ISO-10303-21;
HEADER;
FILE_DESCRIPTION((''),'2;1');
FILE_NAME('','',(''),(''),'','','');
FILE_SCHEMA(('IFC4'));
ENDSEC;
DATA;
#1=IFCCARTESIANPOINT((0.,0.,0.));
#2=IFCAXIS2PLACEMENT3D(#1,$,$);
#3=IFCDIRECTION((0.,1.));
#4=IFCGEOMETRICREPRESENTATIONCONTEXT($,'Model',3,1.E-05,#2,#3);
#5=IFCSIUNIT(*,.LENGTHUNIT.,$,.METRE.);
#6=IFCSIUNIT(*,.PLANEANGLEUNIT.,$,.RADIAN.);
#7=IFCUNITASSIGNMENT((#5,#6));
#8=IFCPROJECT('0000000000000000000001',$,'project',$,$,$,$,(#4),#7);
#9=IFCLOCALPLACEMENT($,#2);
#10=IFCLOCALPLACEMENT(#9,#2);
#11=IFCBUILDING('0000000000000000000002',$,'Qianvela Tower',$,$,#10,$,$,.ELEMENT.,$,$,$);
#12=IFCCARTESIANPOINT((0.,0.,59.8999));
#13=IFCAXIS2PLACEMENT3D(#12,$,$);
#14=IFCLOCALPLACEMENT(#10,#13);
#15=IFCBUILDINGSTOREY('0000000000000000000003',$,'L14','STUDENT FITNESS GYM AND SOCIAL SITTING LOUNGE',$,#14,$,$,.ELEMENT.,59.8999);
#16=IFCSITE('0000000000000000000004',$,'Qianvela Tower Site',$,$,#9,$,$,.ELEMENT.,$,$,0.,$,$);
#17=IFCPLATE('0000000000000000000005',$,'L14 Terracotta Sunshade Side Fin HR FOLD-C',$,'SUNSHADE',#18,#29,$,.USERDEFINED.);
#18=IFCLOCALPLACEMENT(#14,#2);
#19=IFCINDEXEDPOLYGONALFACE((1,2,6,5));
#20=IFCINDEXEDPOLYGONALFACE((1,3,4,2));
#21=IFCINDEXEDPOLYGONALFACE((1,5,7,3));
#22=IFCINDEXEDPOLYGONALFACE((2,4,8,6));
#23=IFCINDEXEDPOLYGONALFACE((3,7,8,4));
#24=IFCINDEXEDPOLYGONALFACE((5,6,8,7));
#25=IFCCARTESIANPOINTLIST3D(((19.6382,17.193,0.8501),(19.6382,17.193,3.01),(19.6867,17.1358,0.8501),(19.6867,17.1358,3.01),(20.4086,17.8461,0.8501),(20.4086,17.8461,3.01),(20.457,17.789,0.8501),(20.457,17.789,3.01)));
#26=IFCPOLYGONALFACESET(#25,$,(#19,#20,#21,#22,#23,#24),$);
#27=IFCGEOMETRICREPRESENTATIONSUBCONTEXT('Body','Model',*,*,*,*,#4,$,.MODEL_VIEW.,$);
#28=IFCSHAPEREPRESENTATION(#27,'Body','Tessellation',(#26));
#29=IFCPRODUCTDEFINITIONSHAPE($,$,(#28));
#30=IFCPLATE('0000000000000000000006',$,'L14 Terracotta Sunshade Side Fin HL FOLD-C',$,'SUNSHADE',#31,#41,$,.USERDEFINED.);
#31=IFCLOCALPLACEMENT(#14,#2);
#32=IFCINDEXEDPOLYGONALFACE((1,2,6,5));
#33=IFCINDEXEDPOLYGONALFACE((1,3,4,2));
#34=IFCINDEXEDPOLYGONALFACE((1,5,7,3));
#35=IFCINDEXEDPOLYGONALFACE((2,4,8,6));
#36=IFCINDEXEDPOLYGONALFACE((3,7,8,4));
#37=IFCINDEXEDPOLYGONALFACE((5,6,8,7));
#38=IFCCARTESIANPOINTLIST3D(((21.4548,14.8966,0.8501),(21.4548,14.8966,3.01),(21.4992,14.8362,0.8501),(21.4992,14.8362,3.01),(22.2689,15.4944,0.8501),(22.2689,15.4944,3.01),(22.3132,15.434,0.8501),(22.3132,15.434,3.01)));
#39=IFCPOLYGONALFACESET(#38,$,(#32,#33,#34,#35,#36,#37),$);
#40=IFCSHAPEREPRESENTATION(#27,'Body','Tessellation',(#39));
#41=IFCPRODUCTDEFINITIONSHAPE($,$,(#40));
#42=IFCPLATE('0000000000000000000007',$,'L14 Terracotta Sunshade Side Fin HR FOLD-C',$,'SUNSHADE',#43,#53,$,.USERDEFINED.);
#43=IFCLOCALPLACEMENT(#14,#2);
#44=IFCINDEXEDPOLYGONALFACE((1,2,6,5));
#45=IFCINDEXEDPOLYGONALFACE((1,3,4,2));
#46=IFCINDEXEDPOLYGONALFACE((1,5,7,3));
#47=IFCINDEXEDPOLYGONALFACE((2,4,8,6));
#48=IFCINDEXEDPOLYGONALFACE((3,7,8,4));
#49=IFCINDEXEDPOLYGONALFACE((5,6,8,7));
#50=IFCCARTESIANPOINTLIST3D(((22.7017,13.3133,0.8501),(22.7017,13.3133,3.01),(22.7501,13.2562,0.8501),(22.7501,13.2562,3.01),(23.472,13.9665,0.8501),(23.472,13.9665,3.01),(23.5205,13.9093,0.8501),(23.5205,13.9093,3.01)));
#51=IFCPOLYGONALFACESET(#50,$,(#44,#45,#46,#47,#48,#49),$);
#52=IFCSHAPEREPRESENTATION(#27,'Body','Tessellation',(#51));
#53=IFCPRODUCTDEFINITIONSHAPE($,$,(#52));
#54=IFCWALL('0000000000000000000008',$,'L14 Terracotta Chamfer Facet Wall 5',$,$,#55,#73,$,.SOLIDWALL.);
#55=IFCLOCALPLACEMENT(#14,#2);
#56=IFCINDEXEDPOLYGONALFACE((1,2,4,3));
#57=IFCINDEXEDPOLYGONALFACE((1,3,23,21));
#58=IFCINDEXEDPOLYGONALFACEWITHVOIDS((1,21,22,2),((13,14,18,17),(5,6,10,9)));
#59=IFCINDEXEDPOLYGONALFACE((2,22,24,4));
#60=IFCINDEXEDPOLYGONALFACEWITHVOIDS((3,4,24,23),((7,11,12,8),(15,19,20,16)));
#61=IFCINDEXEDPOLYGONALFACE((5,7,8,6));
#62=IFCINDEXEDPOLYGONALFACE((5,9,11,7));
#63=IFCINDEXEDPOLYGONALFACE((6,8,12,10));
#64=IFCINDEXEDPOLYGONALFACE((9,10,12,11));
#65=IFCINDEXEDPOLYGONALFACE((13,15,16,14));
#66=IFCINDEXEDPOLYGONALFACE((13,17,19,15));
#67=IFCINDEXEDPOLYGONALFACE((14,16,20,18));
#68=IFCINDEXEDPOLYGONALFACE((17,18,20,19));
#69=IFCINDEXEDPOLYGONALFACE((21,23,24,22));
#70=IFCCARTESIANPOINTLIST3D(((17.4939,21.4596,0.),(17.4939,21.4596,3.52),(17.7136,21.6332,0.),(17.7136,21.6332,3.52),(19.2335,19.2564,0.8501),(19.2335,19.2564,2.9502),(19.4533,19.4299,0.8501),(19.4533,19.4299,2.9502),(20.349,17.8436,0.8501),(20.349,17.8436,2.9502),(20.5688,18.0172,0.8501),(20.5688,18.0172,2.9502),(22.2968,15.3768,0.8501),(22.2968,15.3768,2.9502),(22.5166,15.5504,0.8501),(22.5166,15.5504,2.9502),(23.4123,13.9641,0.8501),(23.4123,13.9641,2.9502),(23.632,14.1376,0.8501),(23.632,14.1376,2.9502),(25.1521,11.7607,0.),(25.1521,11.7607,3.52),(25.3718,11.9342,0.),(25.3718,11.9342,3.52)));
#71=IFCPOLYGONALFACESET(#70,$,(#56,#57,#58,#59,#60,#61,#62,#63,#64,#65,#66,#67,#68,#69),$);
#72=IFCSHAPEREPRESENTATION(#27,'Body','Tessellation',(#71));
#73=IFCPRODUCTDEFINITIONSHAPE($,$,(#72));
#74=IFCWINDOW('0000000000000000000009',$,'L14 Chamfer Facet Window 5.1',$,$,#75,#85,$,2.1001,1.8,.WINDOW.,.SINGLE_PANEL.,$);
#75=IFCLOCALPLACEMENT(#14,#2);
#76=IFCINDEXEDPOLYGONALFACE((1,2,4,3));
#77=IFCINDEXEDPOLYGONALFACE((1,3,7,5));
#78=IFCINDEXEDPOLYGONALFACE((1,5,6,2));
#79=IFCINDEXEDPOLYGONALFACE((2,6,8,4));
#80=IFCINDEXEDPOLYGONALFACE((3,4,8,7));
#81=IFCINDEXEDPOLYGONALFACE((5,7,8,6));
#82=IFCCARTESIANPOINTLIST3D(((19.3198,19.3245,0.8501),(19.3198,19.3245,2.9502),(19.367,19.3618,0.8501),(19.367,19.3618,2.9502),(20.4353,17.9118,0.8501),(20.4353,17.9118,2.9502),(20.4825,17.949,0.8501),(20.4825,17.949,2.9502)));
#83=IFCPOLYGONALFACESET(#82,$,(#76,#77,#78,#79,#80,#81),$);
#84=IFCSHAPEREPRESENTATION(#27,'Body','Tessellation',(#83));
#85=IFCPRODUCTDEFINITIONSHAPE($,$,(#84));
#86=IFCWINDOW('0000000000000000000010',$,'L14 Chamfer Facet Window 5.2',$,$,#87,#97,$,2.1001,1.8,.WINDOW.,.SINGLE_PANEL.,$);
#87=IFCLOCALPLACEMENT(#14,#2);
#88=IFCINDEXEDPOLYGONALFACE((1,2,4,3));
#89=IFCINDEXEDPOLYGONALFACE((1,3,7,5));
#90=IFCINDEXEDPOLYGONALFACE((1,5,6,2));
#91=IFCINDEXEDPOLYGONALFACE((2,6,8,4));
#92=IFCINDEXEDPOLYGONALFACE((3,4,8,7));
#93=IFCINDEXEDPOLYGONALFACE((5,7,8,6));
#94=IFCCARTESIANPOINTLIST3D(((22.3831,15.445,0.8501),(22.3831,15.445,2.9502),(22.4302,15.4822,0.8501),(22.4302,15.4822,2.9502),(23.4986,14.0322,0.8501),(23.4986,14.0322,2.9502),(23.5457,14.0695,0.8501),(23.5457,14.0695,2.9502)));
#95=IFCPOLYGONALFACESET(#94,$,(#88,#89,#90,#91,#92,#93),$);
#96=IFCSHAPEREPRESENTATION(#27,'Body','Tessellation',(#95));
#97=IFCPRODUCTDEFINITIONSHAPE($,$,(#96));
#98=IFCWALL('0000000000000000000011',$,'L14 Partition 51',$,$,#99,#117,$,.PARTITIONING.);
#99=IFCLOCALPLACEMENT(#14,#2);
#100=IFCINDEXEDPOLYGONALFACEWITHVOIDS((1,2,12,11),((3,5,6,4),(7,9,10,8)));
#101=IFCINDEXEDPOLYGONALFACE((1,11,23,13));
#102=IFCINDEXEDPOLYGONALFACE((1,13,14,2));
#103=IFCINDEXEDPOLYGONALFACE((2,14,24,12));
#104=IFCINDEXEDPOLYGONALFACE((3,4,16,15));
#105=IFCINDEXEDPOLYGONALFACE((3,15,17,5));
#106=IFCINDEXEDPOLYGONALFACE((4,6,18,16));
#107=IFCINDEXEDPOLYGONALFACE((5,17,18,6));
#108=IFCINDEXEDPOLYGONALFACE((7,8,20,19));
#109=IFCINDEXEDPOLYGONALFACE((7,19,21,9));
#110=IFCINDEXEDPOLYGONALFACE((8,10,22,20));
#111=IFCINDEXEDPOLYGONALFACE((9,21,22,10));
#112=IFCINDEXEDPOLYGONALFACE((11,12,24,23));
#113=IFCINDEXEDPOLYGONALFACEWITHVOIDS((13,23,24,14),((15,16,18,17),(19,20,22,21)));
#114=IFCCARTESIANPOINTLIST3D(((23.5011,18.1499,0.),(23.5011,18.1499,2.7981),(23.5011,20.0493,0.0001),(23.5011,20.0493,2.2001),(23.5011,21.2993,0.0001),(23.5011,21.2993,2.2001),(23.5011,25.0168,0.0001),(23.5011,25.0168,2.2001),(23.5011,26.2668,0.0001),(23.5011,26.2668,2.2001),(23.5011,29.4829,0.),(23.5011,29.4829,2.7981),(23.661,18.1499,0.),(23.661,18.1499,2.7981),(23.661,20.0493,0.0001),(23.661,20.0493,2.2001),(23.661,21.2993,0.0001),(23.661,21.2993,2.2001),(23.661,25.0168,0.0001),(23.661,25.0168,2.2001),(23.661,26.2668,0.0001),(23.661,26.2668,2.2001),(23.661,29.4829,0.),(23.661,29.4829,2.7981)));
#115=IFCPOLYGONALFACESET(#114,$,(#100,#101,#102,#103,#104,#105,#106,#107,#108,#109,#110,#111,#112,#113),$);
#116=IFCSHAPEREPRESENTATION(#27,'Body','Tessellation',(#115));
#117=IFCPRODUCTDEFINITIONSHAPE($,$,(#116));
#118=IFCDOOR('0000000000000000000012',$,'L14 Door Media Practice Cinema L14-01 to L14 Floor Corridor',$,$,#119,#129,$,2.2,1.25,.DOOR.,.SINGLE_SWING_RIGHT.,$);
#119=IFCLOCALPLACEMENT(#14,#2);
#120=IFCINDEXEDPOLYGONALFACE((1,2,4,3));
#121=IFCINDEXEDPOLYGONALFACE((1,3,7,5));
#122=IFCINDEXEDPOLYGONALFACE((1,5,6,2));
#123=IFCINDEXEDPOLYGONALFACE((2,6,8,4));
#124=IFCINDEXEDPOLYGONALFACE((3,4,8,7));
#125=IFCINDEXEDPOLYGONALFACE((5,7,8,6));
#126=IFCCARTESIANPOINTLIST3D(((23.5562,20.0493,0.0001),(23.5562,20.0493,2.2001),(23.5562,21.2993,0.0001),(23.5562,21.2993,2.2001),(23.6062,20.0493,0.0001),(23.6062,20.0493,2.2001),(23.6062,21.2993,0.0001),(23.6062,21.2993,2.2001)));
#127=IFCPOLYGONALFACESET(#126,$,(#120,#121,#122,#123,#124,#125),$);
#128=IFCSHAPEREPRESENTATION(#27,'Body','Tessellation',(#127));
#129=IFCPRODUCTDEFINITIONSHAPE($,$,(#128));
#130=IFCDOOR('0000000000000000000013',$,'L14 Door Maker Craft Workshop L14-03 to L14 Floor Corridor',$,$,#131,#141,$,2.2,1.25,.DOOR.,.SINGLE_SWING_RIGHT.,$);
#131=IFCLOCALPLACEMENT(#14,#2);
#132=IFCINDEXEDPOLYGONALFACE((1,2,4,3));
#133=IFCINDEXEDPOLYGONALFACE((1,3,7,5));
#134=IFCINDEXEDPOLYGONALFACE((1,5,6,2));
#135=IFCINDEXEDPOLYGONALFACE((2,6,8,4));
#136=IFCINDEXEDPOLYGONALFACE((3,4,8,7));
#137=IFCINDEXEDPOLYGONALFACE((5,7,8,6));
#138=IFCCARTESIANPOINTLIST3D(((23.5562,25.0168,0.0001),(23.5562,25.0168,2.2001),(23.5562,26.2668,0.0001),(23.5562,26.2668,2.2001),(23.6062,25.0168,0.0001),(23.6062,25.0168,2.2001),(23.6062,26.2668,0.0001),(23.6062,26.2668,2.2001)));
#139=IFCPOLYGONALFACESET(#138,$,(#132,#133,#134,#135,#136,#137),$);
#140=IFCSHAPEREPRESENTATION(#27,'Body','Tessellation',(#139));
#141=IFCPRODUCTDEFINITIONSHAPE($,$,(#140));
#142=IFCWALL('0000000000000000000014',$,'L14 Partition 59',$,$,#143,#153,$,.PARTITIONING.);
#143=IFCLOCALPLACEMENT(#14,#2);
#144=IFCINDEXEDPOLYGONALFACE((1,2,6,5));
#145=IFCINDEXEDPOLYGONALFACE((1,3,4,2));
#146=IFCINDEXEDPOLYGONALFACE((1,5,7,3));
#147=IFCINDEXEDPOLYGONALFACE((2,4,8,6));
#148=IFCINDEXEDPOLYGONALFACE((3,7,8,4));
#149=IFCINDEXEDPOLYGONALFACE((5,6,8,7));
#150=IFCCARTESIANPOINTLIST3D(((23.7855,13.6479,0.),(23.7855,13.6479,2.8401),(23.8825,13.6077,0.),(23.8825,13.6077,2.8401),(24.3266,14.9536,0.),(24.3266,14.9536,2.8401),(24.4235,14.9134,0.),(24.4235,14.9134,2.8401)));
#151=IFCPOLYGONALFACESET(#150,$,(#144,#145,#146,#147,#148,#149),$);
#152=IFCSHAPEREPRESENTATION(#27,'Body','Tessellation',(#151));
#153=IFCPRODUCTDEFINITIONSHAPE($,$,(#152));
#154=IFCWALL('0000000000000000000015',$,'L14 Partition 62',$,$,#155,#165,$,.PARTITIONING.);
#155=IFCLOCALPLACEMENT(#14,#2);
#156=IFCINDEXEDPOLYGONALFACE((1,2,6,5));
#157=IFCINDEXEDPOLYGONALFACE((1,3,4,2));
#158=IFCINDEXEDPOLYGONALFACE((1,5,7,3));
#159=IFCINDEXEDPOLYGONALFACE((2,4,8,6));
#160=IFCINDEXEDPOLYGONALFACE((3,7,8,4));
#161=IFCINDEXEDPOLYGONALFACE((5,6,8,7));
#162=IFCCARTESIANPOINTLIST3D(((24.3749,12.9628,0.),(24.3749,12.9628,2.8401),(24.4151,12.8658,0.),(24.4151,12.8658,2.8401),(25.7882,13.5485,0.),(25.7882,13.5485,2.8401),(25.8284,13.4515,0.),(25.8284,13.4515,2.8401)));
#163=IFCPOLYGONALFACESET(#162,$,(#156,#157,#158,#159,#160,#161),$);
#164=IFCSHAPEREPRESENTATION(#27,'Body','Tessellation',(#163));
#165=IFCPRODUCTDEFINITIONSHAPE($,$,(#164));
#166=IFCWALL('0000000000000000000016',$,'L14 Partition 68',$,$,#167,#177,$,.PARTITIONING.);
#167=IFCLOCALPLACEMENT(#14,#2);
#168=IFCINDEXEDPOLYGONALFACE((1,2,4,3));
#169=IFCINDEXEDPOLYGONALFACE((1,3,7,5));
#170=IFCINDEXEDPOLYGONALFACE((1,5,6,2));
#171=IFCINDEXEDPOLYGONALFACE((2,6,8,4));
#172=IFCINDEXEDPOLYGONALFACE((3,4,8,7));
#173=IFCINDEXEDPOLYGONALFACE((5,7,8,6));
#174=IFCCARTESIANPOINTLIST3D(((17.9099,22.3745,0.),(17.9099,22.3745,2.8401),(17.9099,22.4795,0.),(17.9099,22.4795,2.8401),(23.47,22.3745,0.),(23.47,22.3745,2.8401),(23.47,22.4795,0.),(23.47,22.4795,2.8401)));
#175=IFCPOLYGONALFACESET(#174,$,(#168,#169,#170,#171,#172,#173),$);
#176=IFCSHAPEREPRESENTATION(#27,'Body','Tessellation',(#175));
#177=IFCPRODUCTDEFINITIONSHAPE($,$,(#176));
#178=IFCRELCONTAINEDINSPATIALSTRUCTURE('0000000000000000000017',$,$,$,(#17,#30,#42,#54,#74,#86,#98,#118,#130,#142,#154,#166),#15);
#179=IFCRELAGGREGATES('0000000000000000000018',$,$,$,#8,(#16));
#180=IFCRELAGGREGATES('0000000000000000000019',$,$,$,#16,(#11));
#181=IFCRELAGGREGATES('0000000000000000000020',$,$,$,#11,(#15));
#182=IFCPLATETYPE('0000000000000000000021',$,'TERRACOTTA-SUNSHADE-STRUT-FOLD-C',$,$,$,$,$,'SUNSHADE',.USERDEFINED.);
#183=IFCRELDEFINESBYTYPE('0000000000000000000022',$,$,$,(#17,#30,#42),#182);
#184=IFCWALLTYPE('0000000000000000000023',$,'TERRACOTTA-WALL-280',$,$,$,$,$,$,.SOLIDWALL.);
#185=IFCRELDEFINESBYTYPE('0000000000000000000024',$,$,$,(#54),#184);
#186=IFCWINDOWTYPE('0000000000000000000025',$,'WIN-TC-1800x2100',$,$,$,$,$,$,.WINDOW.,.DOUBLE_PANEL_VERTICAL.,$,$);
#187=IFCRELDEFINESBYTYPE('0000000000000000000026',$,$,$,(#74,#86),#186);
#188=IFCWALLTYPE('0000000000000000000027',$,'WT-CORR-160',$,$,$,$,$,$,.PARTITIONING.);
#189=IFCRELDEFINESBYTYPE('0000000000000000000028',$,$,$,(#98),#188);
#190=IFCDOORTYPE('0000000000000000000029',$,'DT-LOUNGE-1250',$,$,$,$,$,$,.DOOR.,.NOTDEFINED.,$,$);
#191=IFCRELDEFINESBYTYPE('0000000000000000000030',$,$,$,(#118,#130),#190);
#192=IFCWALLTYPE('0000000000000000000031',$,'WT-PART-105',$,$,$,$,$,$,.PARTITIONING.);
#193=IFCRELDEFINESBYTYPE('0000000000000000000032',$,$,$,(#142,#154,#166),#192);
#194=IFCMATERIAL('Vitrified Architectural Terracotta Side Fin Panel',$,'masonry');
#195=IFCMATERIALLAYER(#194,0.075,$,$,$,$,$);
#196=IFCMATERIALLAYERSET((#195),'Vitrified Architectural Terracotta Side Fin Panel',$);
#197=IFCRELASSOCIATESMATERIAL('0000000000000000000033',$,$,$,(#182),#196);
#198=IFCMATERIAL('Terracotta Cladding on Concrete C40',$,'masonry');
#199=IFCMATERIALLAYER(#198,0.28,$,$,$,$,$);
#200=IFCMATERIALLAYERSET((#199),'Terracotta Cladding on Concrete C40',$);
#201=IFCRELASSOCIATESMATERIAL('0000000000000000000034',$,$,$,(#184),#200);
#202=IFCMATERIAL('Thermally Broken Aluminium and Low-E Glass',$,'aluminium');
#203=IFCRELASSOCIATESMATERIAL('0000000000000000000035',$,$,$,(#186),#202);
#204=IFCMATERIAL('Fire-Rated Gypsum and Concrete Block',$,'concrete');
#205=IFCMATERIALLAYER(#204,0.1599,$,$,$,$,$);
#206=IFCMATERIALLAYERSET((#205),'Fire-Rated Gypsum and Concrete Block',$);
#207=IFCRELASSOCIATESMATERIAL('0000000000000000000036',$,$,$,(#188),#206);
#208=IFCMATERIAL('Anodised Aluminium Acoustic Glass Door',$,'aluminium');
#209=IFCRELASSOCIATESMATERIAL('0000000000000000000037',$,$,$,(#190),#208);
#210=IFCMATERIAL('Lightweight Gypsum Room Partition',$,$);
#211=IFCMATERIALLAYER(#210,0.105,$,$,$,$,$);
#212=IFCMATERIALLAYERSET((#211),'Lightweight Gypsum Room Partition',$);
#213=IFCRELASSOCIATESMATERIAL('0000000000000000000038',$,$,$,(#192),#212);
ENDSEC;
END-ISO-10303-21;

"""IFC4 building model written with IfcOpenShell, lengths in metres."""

from ifc_helpers import new_model, si_unit, direction, frame, frame_2d, origin, origin_2d, place, context, subcontext, project, spatial, rectangle, extrude, material, layer, layer_set, type_object, element, fill, save


model = new_model("IFC4")

# Units and contexts
model_context = context("Model", 3, precision=1e-05, world=origin(), true_north=direction((0.0, 1.0)))
body_context = subcontext(model_context, "Body", "Model", "MODEL_VIEW")
ifc_project = project(units=[si_unit("LENGTHUNIT", "METRE"), si_unit("PLANEANGLEUNIT", "RADIAN")], contexts=[model_context])

# Site, building, storey
site_placement = place(None, origin())
site = spatial("IfcSite", under=ifc_project, at=site_placement, Name="Qianvela Tower Site", CompositionType="ELEMENT", RefElevation=0.0)
building_placement = place(site_placement, origin())
building = spatial("IfcBuilding", under=site, at=building_placement, Name="Qianvela Tower", CompositionType="ELEMENT")
storey_placement = place(building_placement, frame((0.0, 0.0, 59.8999)))
storey = spatial("IfcBuildingStorey", under=building, at=storey_placement, Name="L14", Description="STUDENT FITNESS GYM AND SOCIAL SITTING LOUNGE", CompositionType="ELEMENT", Elevation=59.8999)

# Plates
ifc_material_1 = material(Name="Vitrified Architectural Terracotta Side Fin Panel", Category="masonry")
ifc_layer_1 = layer(ifc_material_1, 0.075)
ifc_layer_set_1 = layer_set([ifc_layer_1], Name="Vitrified Architectural Terracotta Side Fin Panel")
plate_type_1 = type_object("IfcPlateType", Name="TERRACOTTA-SUNSHADE-STRUT-FOLD-C", ElementType="SUNSHADE", PredefinedType="USERDEFINED", material=ifc_layer_set_1)
for number, where, z_axis, x_axis, name in (
    (1, (20.0476, 17.491, 0.8501), (0.0, 0.0, 1.0), (0.646711, -0.762735, 0.0), "L14 Terracotta Sunshade Side Fin HR FOLD-C"),
    (2, (21.884, 15.1653, 0.8501), (0.0, 0.0, 1.0), (0.59193, -0.805989, 0.0), "L14 Terracotta Sunshade Side Fin HL FOLD-C"),
    (3, (23.1111, 13.6113, 0.8501), (0.0, 0.0, 1.0), (0.646711, -0.762735, 0.0), "L14 Terracotta Sunshade Side Fin HR FOLD-C"),
):
    element("IfcPlate", number, at=place(storey_placement, frame(where, z_axis=z_axis, x_axis=x_axis)), inside=storey, type_object=plate_type_1, Name=name, ObjectType="SUNSHADE", PredefinedType="USERDEFINED", context=body_context, shape_type="SweptSolid", body=[
        extrude(rectangle(XDim=0.075, YDim=1.01, at=origin_2d()), origin(), (0.0, 0.0, 1.0), 2.1599),
    ])

# Wall, openings, windows
ifc_material_2 = material(Name="Terracotta Cladding on Concrete C40", Category="masonry")
ifc_layer_2 = layer(ifc_material_2, 0.28)
ifc_layer_set_2 = layer_set([ifc_layer_2], Name="Terracotta Cladding on Concrete C40")
wall_type_1 = type_object("IfcWallType", Name="TERRACOTTA-WALL-280", PredefinedType="SOLIDWALL", material=ifc_layer_set_2)
wall_1_placement = place(storey_placement, frame((17.6038, 21.5464, 0.0), z_axis=(0.0, 0.0, 1.0), x_axis=(0.6197, -0.784839, 0.0)))
wall_1 = element("IfcWall", 4, at=wall_1_placement, inside=storey, type_object=wall_type_1, Name="L14 Terracotta Chamfer Facet Wall 5", PredefinedType="SOLIDWALL", context=body_context, shape_type="SweptSolid", body=[
    extrude(rectangle(XDim=12.3579, YDim=0.28, at=frame_2d((6.179, 0.0))), origin(), (0.0, 0.0, 1.0), 3.52),
])
opening_1_placement = place(wall_1_placement, frame((2.8074, 0.0, 0.8501)))
opening_1 = element("IfcOpeningElement", 5, at=opening_1_placement, cuts=wall_1, PredefinedType="OPENING", context=body_context, shape_type="SweptSolid", body=[
    extrude(rectangle(XDim=1.8, YDim=2.1001, at=frame_2d((0.8999, 1.05))), frame((0.0, 0.1499, 0.0), z_axis=(0.0, -1.0, 0.0), x_axis=(1.0, 0.0, 0.0)), (0.0, 0.0, 1.0), 0.3),
])
opening_2_placement = place(wall_1_placement, frame((7.7505, 0.0, 0.8501)))
opening_2 = element("IfcOpeningElement", 6, at=opening_2_placement, cuts=wall_1, PredefinedType="OPENING", context=body_context, shape_type="SweptSolid", body=[
    extrude(rectangle(XDim=1.8, YDim=2.1001, at=frame_2d((0.8999, 1.05))), frame((0.0, 0.1499, 0.0), z_axis=(0.0, -1.0, 0.0), x_axis=(1.0, 0.0, 0.0)), (0.0, 0.0, 1.0), 0.3),
])
ifc_material_3 = material(Name="Thermally Broken Aluminium and Low-E Glass", Category="aluminium")
window_type = type_object("IfcWindowType", Name="WIN-TC-1800x2100", PartitioningType="DOUBLE_PANEL_VERTICAL", PredefinedType="WINDOW", material=ifc_material_3)
window_1_placement = place(opening_1_placement, origin())
window_1 = element("IfcWindow", 7, at=window_1_placement, inside=storey, type_object=window_type, Name="L14 Chamfer Facet Window 5.1", OverallHeight=2.1001, OverallWidth=1.8, PartitioningType="SINGLE_PANEL", PredefinedType="WINDOW", context=body_context, shape_type="SweptSolid", body=[
    extrude(rectangle(XDim=1.8, YDim=2.1001, at=frame_2d((0.8999, 1.05))), frame((0.0, 0.03, 0.0), z_axis=(0.0, -1.0, 0.0), x_axis=(1.0, 0.0, 0.0)), (0.0, 0.0, 1.0), 0.0601),
])
fill(opening_1, window_1)
window_2_placement = place(opening_2_placement, origin())
window_2 = element("IfcWindow", 8, at=window_2_placement, inside=storey, type_object=window_type, Name="L14 Chamfer Facet Window 5.2", OverallHeight=2.1001, OverallWidth=1.8, PartitioningType="SINGLE_PANEL", PredefinedType="WINDOW", context=body_context, shape_type="SweptSolid", body=[
    extrude(rectangle(XDim=1.8, YDim=2.1001, at=frame_2d((0.8999, 1.05))), frame((0.0, 0.03, 0.0), z_axis=(0.0, -1.0, 0.0), x_axis=(1.0, 0.0, 0.0)), (0.0, 0.0, 1.0), 0.0601),
])
fill(opening_2, window_2)

# Wall, openings, doors
ifc_material_4 = material(Name="Fire-Rated Gypsum and Concrete Block", Category="concrete")
ifc_layer_3 = layer(ifc_material_4, 0.1599)
ifc_layer_set_3 = layer_set([ifc_layer_3], Name="Fire-Rated Gypsum and Concrete Block")
wall_type_2 = type_object("IfcWallType", Name="WT-CORR-160", PredefinedType="PARTITIONING", material=ifc_layer_set_3)
wall_2_placement = place(storey_placement, frame((23.5811, 18.1499, 0.0), z_axis=(0.0, 0.0, 1.0), x_axis=(0.0, 1.0, 0.0)))
wall_2 = element("IfcWall", 9, at=wall_2_placement, inside=storey, type_object=wall_type_2, Name="L14 Partition 51", PredefinedType="PARTITIONING", context=body_context, shape_type="SweptSolid", body=[
    extrude(rectangle(XDim=11.333, YDim=0.1599, at=frame_2d((5.6665, 0.0))), origin(), (0.0, 0.0, 1.0), 2.7981),
])
opening_3_placement = place(wall_2_placement, frame((1.8994, 0.0, 0.0)))
opening_3 = element("IfcOpeningElement", 10, at=opening_3_placement, cuts=wall_2, PredefinedType="OPENING", context=body_context, shape_type="SweptSolid", body=[
    extrude(rectangle(XDim=1.25, YDim=2.2, at=frame_2d((0.625, 1.1001))), frame((0.0, 0.0898, 0.0), z_axis=(0.0, -1.0, 0.0), x_axis=(1.0, 0.0, 0.0)), (0.0, 0.0, 1.0), 0.1799),
])
opening_4_placement = place(wall_2_placement, frame((6.8669, 0.0, 0.0)))
opening_4 = element("IfcOpeningElement", 11, at=opening_4_placement, cuts=wall_2, PredefinedType="OPENING", context=body_context, shape_type="SweptSolid", body=[
    extrude(rectangle(XDim=1.25, YDim=2.2, at=frame_2d((0.625, 1.1001))), frame((0.0, 0.0898, 0.0), z_axis=(0.0, -1.0, 0.0), x_axis=(1.0, 0.0, 0.0)), (0.0, 0.0, 1.0), 0.1799),
])
ifc_material_5 = material(Name="Anodised Aluminium Acoustic Glass Door", Category="aluminium")
door_type = type_object("IfcDoorType", Name="DT-LOUNGE-1250", OperationType="NOTDEFINED", PredefinedType="DOOR", material=ifc_material_5)
door_1_placement = place(opening_3_placement, origin())
door_1 = element("IfcDoor", 12, at=door_1_placement, inside=storey, type_object=door_type, Name="L14 Door Media Practice Cinema L14-01 to L14 Floor Corridor", OperationType="SINGLE_SWING_RIGHT", OverallHeight=2.2, OverallWidth=1.25, PredefinedType="DOOR", context=body_context, shape_type="SweptSolid", body=[
    extrude(rectangle(XDim=1.25, YDim=2.2, at=frame_2d((0.625, 1.1001))), frame((0.0, 0.0249, 0.0), z_axis=(0.0, -1.0, 0.0), x_axis=(1.0, 0.0, 0.0)), (0.0, 0.0, 1.0), 0.05),
])
fill(opening_3, door_1)
door_2_placement = place(opening_4_placement, origin())
door_2 = element("IfcDoor", 13, at=door_2_placement, inside=storey, type_object=door_type, Name="L14 Door Maker Craft Workshop L14-03 to L14 Floor Corridor", OperationType="SINGLE_SWING_RIGHT", OverallHeight=2.2, OverallWidth=1.25, PredefinedType="DOOR", context=body_context, shape_type="SweptSolid", body=[
    extrude(rectangle(XDim=1.25, YDim=2.2, at=frame_2d((0.625, 1.1001))), frame((0.0, 0.0249, 0.0), z_axis=(0.0, -1.0, 0.0), x_axis=(1.0, 0.0, 0.0)), (0.0, 0.0, 1.0), 0.05),
])
fill(opening_4, door_2)

# Walls
ifc_material_6 = material(Name="Lightweight Gypsum Room Partition")
ifc_layer_4 = layer(ifc_material_6, 0.105)
ifc_layer_set_4 = layer_set([ifc_layer_4], Name="Lightweight Gypsum Room Partition")
wall_type_3 = type_object("IfcWallType", Name="WT-PART-105", PredefinedType="PARTITIONING", material=ifc_layer_set_4)
wall_3_placement = place(storey_placement, frame((24.375, 14.9333, 0.0), z_axis=(0.0, 0.0, 1.0), x_axis=(-0.382799, -0.923832, 0.0)))
element("IfcWall", 14, at=wall_3_placement, inside=storey, type_object=wall_type_3, Name="L14 Partition 59", PredefinedType="PARTITIONING", context=body_context, shape_type="SweptSolid", body=[
    extrude(rectangle(XDim=1.4133, YDim=0.105, at=frame_2d((0.7065, 0.0))), origin(), (0.0, 0.0, 1.0), 2.8401),
])
wall_4_placement = place(storey_placement, frame((24.395, 12.9143, 0.0), z_axis=(0.0, 0.0, 1.0), x_axis=(0.923816, 0.382836, 0.0)))
element("IfcWall", 15, at=wall_4_placement, inside=storey, type_object=wall_type_3, Name="L14 Partition 62", PredefinedType="PARTITIONING", context=body_context, shape_type="SweptSolid", body=[
    extrude(rectangle(XDim=1.5298, YDim=0.105, at=frame_2d((0.7649, 0.0))), origin(), (0.0, 0.0, 1.0), 2.8401),
])
wall_5_placement = place(storey_placement, frame((17.9099, 22.427, 0.0), z_axis=(0.0, 0.0, 1.0), x_axis=(1.0, 0.0, 0.0)))
element("IfcWall", 16, at=wall_5_placement, inside=storey, type_object=wall_type_3, Name="L14 Partition 68", PredefinedType="PARTITIONING", context=body_context, shape_type="SweptSolid", body=[
    extrude(rectangle(XDim=5.5601, YDim=0.105, at=frame_2d((2.78, 0.0))), origin(), (0.0, 0.0, 1.0), 2.8401),
])

save(model, "model.ifc")
